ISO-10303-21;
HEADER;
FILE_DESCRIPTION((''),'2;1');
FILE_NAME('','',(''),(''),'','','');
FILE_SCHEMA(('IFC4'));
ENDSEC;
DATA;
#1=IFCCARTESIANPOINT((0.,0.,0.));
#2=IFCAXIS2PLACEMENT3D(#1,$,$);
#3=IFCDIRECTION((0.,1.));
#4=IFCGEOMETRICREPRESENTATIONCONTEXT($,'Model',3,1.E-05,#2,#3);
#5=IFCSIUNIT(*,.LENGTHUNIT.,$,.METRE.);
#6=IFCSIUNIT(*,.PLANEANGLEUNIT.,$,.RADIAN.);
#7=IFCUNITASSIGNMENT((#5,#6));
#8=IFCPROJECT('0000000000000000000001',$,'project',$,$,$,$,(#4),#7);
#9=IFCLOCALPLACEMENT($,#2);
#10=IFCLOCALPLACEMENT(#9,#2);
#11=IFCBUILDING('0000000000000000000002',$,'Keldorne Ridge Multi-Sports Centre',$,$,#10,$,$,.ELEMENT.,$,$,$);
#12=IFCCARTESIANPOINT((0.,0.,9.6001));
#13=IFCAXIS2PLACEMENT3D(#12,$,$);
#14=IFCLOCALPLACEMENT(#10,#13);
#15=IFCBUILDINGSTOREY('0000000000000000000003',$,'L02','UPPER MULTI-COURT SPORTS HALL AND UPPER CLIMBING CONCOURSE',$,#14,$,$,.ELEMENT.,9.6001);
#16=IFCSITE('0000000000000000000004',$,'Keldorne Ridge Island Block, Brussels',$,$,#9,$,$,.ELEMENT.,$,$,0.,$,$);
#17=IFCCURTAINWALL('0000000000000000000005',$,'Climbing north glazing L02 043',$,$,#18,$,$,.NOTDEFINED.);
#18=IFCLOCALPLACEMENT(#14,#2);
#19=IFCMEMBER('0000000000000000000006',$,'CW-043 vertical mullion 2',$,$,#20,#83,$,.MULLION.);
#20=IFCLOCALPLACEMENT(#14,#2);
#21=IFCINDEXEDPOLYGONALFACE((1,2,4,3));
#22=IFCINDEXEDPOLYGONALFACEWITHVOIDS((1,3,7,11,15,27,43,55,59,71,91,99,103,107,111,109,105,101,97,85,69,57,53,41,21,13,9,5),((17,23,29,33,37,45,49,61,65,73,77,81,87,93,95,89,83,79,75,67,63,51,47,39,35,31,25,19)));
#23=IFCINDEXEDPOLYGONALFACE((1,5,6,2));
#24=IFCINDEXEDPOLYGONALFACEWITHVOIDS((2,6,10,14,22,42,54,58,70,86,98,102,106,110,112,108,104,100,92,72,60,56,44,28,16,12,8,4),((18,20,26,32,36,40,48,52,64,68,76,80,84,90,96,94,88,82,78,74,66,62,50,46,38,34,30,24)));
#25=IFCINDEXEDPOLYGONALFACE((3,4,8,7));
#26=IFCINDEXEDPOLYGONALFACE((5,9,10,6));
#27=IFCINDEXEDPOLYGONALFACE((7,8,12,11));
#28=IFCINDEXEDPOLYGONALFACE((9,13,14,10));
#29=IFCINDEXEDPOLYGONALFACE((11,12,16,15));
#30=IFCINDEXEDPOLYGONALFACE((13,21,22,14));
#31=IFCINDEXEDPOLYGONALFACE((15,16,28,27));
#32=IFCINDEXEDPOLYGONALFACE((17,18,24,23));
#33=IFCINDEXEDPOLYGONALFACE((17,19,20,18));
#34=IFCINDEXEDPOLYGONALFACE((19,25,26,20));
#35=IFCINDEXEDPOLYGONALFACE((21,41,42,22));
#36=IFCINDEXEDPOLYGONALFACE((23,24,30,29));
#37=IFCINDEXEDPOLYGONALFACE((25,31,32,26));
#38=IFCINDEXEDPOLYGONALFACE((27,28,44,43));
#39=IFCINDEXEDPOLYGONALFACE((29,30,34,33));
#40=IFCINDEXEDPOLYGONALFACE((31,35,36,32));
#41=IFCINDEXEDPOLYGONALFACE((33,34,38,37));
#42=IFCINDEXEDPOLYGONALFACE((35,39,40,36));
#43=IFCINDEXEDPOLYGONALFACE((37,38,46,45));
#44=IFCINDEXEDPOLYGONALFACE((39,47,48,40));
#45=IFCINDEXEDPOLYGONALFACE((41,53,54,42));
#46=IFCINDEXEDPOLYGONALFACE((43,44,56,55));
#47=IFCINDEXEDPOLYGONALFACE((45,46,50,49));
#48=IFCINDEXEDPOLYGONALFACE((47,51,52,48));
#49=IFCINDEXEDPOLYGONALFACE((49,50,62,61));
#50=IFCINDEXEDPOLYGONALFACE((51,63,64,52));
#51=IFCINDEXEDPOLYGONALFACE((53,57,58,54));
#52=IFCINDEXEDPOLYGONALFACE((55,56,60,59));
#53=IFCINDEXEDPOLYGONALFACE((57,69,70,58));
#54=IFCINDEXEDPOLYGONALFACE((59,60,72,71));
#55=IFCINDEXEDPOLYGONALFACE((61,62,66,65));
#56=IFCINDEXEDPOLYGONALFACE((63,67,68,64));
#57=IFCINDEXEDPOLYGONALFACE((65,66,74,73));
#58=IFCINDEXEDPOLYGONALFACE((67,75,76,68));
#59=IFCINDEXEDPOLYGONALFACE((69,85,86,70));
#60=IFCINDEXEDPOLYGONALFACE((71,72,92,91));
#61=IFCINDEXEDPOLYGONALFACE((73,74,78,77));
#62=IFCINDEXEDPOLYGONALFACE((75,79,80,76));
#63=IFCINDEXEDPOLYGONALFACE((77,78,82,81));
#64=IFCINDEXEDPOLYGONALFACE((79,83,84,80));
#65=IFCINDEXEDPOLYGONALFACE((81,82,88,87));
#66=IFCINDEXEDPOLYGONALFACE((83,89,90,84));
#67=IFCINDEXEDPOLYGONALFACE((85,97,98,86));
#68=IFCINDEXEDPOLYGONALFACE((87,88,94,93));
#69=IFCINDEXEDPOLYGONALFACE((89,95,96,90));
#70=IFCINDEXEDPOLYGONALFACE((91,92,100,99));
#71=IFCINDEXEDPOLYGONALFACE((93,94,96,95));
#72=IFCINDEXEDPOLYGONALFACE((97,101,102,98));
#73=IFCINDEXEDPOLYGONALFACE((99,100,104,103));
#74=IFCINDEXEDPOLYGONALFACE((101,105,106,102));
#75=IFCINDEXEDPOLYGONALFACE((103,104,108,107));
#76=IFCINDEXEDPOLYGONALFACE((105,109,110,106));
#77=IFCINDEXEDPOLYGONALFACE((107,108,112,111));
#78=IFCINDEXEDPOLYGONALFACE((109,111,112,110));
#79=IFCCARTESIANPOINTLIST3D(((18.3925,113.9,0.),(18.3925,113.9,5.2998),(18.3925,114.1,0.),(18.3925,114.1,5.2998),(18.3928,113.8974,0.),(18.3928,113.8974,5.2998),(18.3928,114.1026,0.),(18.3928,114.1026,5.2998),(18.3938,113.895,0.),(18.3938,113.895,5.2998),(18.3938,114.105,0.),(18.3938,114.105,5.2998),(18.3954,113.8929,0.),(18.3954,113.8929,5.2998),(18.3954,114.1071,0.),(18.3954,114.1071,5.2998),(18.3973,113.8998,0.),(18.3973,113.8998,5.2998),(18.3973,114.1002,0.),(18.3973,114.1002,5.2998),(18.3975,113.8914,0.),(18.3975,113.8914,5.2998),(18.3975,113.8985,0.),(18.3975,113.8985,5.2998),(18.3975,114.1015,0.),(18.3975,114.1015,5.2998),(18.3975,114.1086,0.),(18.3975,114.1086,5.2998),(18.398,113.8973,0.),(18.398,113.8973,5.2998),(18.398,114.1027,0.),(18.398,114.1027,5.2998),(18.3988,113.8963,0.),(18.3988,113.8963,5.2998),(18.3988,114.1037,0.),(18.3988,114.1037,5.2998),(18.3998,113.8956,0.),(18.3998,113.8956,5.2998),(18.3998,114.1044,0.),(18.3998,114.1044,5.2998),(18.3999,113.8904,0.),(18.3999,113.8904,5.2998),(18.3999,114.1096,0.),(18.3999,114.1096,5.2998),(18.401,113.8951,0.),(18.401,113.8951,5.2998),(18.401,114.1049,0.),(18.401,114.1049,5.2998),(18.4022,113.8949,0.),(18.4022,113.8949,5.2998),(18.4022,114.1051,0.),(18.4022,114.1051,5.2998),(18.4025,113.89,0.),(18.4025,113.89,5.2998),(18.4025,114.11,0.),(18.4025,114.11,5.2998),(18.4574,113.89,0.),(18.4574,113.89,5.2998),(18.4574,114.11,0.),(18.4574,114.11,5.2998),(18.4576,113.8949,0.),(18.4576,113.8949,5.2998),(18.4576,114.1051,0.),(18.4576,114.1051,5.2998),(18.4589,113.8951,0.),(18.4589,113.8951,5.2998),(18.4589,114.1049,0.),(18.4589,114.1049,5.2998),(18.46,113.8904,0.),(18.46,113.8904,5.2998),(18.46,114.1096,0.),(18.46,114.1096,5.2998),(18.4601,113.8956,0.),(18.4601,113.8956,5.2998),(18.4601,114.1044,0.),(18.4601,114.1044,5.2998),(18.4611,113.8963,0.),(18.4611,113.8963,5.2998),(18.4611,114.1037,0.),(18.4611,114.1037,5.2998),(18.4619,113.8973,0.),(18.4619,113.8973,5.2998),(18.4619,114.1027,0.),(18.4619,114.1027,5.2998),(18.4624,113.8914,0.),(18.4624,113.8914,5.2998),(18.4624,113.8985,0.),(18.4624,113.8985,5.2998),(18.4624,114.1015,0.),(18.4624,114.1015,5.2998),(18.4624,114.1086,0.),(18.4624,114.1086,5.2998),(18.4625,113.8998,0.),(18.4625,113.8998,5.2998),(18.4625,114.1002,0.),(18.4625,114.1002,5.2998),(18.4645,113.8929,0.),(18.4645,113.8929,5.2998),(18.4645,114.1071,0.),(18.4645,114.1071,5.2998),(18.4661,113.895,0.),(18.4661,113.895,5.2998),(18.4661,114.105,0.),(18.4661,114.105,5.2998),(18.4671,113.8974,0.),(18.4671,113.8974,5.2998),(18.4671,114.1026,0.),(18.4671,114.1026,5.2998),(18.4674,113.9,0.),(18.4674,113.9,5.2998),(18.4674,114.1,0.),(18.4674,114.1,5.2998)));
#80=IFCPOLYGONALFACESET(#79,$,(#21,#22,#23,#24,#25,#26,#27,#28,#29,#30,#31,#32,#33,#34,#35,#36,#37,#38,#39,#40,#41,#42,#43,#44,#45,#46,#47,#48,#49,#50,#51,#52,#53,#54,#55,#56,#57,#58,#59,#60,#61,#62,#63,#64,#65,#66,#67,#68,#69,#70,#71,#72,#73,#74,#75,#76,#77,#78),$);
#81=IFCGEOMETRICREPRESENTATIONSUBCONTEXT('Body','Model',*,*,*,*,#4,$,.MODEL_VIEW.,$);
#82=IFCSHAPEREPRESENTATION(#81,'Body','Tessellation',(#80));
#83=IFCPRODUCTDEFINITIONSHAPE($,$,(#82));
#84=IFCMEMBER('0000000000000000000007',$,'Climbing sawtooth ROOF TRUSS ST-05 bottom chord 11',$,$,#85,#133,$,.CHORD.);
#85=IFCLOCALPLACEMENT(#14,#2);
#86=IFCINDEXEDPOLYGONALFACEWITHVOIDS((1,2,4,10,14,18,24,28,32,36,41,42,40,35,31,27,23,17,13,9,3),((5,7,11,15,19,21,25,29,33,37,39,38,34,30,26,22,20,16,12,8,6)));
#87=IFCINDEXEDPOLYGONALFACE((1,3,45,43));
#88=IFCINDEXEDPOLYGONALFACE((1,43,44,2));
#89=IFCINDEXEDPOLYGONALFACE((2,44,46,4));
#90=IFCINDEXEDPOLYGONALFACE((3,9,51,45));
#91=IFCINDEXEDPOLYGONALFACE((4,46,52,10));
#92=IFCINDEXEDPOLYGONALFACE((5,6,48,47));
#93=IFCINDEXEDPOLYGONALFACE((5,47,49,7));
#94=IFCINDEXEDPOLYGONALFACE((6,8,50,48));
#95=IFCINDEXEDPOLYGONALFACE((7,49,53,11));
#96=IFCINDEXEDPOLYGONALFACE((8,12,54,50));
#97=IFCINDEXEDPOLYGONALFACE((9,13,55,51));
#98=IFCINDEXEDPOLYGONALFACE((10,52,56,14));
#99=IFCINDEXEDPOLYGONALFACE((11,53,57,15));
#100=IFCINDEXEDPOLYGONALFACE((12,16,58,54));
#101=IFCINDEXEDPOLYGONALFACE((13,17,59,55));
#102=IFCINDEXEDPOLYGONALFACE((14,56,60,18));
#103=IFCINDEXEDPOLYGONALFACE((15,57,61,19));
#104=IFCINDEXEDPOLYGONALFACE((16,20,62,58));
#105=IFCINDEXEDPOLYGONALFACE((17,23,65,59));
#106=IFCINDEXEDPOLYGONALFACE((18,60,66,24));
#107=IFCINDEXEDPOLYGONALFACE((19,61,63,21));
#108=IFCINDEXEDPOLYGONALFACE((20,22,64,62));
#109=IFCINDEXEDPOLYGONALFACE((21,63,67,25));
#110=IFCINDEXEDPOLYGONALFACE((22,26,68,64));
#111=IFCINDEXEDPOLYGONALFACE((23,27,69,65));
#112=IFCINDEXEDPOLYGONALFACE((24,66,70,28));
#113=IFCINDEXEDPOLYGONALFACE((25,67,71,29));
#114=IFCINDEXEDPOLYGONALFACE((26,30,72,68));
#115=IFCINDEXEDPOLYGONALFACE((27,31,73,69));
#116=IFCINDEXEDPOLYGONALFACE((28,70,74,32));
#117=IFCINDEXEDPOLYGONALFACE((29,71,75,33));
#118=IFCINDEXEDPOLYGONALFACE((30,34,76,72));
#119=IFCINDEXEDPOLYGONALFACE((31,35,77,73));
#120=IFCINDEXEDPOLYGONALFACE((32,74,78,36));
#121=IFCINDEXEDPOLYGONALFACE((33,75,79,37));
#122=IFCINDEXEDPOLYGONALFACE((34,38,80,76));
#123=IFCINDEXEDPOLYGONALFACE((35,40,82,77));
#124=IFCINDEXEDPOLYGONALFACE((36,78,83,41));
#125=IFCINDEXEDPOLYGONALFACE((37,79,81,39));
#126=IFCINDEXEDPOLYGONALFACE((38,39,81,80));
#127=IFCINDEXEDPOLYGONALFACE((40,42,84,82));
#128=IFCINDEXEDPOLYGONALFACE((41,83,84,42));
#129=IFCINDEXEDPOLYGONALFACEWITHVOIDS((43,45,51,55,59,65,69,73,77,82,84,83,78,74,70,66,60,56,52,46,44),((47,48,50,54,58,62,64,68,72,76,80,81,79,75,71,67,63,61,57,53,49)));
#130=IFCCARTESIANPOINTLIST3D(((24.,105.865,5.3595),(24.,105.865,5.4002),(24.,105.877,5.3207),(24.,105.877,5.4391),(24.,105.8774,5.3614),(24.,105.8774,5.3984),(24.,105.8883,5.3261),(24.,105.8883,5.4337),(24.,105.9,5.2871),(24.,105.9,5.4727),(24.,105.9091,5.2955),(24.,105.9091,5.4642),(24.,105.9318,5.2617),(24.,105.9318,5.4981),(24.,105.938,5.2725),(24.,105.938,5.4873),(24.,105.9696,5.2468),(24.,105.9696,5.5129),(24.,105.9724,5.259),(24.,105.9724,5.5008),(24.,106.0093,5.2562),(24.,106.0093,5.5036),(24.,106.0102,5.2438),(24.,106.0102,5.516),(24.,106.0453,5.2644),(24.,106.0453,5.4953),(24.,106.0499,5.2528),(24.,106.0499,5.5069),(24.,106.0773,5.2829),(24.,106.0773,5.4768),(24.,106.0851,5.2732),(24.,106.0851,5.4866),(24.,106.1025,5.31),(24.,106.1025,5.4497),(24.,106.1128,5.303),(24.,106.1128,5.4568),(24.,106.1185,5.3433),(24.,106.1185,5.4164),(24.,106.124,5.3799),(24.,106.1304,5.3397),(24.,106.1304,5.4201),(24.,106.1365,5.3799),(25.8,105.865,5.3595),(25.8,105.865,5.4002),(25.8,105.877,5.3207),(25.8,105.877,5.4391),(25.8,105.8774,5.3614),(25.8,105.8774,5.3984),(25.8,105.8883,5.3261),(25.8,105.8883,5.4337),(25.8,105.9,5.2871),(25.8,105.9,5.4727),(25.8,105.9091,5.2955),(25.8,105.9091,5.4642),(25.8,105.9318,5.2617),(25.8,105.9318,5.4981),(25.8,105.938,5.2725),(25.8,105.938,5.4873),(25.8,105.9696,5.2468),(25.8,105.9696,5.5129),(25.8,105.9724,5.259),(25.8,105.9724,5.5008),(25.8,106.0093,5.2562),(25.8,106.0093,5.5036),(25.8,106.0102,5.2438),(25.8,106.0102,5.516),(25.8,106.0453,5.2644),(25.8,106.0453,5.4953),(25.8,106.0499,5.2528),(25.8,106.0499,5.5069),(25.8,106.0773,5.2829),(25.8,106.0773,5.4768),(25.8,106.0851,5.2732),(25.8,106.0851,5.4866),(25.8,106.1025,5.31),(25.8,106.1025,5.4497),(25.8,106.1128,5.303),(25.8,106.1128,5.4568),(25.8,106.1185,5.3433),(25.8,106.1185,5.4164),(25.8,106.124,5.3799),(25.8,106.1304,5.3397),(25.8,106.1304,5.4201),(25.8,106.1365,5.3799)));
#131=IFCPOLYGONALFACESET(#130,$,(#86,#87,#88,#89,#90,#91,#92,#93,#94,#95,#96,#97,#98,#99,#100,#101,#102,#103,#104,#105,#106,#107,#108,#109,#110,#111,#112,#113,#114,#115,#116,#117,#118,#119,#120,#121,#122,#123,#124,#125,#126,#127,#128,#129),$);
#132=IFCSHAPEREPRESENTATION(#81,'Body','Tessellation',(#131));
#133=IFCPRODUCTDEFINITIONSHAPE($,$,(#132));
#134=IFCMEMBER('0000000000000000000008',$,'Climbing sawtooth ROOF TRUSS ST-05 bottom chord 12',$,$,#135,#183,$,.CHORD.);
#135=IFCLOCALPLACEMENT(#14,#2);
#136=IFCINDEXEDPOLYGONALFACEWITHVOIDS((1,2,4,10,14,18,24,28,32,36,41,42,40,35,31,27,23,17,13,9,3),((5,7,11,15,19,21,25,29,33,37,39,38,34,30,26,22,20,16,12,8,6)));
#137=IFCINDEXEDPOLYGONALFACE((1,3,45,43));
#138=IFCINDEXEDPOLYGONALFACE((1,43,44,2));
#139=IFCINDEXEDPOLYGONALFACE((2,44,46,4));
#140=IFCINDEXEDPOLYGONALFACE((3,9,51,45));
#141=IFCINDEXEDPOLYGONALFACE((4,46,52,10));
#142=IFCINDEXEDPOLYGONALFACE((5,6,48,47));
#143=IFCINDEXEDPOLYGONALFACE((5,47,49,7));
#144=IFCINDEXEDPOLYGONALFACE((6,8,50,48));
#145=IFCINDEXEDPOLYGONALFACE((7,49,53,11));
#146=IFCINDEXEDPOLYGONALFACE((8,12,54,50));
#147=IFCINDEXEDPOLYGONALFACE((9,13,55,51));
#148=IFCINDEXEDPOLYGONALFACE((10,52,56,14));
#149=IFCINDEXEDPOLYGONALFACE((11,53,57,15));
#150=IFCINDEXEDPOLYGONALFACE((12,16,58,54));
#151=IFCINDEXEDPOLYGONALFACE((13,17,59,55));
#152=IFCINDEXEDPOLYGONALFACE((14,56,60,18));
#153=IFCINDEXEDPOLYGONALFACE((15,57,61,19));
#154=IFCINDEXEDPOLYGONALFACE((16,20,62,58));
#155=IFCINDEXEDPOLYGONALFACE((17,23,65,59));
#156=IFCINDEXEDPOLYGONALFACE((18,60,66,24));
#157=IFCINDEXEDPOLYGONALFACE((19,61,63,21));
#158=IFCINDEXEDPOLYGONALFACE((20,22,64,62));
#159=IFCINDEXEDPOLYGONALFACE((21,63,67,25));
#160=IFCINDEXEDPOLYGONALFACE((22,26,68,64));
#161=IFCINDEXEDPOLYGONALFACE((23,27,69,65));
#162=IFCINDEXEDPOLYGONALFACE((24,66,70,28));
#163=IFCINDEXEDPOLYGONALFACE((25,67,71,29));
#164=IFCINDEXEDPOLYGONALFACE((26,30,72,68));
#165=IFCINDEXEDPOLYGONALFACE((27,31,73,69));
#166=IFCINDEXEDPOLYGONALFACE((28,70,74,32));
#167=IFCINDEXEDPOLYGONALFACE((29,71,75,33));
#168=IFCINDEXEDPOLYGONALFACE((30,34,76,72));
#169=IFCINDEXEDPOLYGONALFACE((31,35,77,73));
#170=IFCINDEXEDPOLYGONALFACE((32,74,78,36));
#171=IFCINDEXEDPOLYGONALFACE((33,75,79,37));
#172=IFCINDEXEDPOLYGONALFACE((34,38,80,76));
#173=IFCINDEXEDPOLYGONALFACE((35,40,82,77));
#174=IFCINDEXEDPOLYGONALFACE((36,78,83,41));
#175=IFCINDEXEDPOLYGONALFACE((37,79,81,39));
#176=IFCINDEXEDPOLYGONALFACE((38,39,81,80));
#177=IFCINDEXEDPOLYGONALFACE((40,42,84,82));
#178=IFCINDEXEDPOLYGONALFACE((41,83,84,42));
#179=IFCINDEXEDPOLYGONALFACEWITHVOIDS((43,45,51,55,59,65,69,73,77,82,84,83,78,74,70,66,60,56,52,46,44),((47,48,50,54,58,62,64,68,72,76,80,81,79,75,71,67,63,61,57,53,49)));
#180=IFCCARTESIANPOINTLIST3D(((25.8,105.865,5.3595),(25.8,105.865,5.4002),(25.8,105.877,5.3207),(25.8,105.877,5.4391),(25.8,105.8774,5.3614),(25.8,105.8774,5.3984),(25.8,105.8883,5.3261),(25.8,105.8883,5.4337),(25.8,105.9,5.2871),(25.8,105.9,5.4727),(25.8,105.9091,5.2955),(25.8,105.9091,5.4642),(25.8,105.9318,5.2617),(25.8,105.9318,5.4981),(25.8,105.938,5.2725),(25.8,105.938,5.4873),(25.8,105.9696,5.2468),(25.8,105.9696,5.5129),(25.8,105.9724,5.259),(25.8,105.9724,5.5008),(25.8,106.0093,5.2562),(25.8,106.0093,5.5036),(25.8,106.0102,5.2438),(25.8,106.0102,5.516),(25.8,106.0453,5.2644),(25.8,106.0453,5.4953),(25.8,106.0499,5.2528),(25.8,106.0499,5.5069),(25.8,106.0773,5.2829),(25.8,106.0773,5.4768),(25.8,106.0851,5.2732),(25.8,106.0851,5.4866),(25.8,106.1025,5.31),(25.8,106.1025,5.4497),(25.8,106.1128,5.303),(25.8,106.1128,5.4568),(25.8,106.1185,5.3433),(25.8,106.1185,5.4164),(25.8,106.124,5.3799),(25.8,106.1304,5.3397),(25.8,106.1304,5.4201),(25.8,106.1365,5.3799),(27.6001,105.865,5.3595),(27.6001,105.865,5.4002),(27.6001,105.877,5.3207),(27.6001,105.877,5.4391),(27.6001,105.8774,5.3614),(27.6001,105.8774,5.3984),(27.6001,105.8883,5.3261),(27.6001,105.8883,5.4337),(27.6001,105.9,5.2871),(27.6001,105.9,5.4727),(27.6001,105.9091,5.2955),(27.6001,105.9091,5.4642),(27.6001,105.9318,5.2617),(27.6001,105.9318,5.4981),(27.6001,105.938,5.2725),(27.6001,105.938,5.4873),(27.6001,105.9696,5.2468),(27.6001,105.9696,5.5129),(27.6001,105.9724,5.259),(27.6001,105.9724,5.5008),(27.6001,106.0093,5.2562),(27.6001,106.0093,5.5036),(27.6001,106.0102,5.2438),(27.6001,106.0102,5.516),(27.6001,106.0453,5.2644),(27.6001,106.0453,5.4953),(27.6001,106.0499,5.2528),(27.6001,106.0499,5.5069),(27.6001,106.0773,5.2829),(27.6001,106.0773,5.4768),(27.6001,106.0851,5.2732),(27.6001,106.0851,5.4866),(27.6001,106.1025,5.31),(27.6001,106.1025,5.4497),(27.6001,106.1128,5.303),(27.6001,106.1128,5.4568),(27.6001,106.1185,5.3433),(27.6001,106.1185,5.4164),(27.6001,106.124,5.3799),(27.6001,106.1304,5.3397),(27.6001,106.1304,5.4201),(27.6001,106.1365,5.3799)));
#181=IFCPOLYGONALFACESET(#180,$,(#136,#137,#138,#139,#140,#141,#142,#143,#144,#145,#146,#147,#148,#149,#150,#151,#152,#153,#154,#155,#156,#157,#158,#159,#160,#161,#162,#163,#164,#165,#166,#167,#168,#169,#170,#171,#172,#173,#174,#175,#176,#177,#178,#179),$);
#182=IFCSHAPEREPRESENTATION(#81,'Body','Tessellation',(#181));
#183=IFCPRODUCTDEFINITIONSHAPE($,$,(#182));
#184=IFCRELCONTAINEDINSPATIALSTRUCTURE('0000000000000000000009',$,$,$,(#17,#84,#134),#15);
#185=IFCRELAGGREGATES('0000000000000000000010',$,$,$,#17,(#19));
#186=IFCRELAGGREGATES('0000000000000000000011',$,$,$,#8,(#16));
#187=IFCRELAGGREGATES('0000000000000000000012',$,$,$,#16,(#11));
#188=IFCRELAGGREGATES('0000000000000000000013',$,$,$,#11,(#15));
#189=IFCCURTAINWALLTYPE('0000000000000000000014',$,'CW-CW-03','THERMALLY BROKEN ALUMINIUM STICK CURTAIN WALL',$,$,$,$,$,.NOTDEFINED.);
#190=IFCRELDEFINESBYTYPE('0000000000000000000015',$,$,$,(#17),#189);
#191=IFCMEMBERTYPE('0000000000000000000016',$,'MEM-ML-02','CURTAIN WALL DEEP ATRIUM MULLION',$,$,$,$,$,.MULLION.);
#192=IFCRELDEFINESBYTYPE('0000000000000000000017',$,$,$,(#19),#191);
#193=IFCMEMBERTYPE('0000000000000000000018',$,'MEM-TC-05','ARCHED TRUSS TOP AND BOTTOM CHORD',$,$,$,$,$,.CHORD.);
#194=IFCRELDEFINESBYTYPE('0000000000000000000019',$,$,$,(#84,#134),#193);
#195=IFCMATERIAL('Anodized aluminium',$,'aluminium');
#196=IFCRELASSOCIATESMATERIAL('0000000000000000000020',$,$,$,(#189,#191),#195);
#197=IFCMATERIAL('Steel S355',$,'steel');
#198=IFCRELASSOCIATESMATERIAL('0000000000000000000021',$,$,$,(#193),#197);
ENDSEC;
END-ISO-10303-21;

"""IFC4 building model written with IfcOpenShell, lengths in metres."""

from ifc_helpers import new_model, si_unit, direction, frame, origin, origin_2d, place, context, subcontext, project, spatial, hollow_rectangle, hollow_circle, extrude, material, material_profile, profile_set, type_object, element, aggregate, save


model = new_model("IFC4")

# Units and contexts
model_context = context("Model", 3, precision=1e-05, world=origin(), true_north=direction((0.0, 1.0)))
body_context = subcontext(model_context, "Body", "Model", "MODEL_VIEW")
ifc_project = project(units=[si_unit("LENGTHUNIT", "METRE"), si_unit("PLANEANGLEUNIT", "RADIAN")], contexts=[model_context])

# Site, building, storey
site_placement = place(None, origin())
site = spatial("IfcSite", under=ifc_project, at=site_placement, Name="Keldorne Ridge Island Block, Brussels", CompositionType="ELEMENT", RefElevation=0.0)
building_placement = place(site_placement, origin())
building = spatial("IfcBuilding", under=site, at=building_placement, Name="Keldorne Ridge Multi-Sports Centre", CompositionType="ELEMENT")
storey_placement = place(building_placement, frame((0.0, 0.0, 9.6001)))
storey = spatial("IfcBuildingStorey", under=building, at=storey_placement, Name="L02", Description="UPPER MULTI-COURT SPORTS HALL AND UPPER CLIMBING CONCOURSE", CompositionType="ELEMENT", Elevation=9.6001)

# Shared definitions
ifc_material_1 = material(Name="Steel S355", Category="steel")

# Curtain wall, member
ifc_material_2 = material(Name="Anodized aluminium", Category="aluminium")
curtain_wall_type = type_object("IfcCurtainWallType", Name="CW-CW-03", Description="THERMALLY BROKEN ALUMINIUM STICK CURTAIN WALL", PredefinedType="NOTDEFINED", material=ifc_material_2)
curtain_wall_placement = place(storey_placement, origin())
curtain_wall = element("IfcCurtainWall", 1, at=curtain_wall_placement, inside=storey, type_object=curtain_wall_type, Name="Climbing north glazing L02 043", PredefinedType="NOTDEFINED")
ifc_material_profile_1 = material_profile(ifc_material_2, hollow_rectangle(XDim=0.075, YDim=0.22, WallThickness=0.0049, InnerFilletRadius=0.0049, OuterFilletRadius=0.01, at=origin_2d()), Name="ALU MULLION 220x75x5")
ifc_profile_set_1 = profile_set([ifc_material_profile_1], Name="Anodized aluminium")
member_type_1 = type_object("IfcMemberType", Name="MEM-ML-02", Description="CURTAIN WALL DEEP ATRIUM MULLION", PredefinedType="MULLION", material=ifc_profile_set_1)
member_1_placement = place(storey_placement, frame((18.4299, 114.0, 0.0), z_axis=(0.0, 0.0, 1.0), x_axis=(1.0, 0.0, 0.0)))
member_1 = element("IfcMember", 2, at=member_1_placement, type_object=member_type_1, Name="CW-043 vertical mullion 2", PredefinedType="MULLION", context=body_context, shape_type="SweptSolid", body=[
    extrude(hollow_rectangle(XDim=0.075, YDim=0.22, WallThickness=0.0049, InnerFilletRadius=0.0049, OuterFilletRadius=0.01, at=origin_2d()), origin(), (0.0, 0.0, 1.0), 5.2998),
])

# Members
ifc_material_profile_2 = material_profile(ifc_material_1, hollow_circle(Radius=0.1365, WallThickness=0.0125, at=origin_2d()), Name="CHS 273x12.5")
ifc_profile_set_2 = profile_set([ifc_material_profile_2], Name="Steel S355")
member_type_2 = type_object("IfcMemberType", Name="MEM-TC-05", Description="ARCHED TRUSS TOP AND BOTTOM CHORD", PredefinedType="CHORD", material=ifc_profile_set_2)
for number, where, z_axis, x_axis, name in (
    (3, (24.0, 106.0, 5.3799), (1.0, 0.0, 0.0), (0.0, 1.0, 0.0), "Climbing sawtooth ROOF TRUSS ST-05 bottom chord 11"),
    (4, (25.8, 106.0, 5.3799), (1.0, 0.0, 0.0), (0.0, 1.0, 0.0), "Climbing sawtooth ROOF TRUSS ST-05 bottom chord 12"),
):
    element("IfcMember", number, at=place(storey_placement, frame(where, z_axis=z_axis, x_axis=x_axis)), inside=storey, type_object=member_type_2, Name=name, PredefinedType="CHORD", context=body_context, shape_type="SweptSolid", body=[
        extrude(hollow_circle(Radius=0.1365, WallThickness=0.0125, at=origin_2d()), origin(), (0.0, 0.0, 1.0), 1.8),
    ])

aggregate(curtain_wall, [member_1])

save(model, "model.ifc")
